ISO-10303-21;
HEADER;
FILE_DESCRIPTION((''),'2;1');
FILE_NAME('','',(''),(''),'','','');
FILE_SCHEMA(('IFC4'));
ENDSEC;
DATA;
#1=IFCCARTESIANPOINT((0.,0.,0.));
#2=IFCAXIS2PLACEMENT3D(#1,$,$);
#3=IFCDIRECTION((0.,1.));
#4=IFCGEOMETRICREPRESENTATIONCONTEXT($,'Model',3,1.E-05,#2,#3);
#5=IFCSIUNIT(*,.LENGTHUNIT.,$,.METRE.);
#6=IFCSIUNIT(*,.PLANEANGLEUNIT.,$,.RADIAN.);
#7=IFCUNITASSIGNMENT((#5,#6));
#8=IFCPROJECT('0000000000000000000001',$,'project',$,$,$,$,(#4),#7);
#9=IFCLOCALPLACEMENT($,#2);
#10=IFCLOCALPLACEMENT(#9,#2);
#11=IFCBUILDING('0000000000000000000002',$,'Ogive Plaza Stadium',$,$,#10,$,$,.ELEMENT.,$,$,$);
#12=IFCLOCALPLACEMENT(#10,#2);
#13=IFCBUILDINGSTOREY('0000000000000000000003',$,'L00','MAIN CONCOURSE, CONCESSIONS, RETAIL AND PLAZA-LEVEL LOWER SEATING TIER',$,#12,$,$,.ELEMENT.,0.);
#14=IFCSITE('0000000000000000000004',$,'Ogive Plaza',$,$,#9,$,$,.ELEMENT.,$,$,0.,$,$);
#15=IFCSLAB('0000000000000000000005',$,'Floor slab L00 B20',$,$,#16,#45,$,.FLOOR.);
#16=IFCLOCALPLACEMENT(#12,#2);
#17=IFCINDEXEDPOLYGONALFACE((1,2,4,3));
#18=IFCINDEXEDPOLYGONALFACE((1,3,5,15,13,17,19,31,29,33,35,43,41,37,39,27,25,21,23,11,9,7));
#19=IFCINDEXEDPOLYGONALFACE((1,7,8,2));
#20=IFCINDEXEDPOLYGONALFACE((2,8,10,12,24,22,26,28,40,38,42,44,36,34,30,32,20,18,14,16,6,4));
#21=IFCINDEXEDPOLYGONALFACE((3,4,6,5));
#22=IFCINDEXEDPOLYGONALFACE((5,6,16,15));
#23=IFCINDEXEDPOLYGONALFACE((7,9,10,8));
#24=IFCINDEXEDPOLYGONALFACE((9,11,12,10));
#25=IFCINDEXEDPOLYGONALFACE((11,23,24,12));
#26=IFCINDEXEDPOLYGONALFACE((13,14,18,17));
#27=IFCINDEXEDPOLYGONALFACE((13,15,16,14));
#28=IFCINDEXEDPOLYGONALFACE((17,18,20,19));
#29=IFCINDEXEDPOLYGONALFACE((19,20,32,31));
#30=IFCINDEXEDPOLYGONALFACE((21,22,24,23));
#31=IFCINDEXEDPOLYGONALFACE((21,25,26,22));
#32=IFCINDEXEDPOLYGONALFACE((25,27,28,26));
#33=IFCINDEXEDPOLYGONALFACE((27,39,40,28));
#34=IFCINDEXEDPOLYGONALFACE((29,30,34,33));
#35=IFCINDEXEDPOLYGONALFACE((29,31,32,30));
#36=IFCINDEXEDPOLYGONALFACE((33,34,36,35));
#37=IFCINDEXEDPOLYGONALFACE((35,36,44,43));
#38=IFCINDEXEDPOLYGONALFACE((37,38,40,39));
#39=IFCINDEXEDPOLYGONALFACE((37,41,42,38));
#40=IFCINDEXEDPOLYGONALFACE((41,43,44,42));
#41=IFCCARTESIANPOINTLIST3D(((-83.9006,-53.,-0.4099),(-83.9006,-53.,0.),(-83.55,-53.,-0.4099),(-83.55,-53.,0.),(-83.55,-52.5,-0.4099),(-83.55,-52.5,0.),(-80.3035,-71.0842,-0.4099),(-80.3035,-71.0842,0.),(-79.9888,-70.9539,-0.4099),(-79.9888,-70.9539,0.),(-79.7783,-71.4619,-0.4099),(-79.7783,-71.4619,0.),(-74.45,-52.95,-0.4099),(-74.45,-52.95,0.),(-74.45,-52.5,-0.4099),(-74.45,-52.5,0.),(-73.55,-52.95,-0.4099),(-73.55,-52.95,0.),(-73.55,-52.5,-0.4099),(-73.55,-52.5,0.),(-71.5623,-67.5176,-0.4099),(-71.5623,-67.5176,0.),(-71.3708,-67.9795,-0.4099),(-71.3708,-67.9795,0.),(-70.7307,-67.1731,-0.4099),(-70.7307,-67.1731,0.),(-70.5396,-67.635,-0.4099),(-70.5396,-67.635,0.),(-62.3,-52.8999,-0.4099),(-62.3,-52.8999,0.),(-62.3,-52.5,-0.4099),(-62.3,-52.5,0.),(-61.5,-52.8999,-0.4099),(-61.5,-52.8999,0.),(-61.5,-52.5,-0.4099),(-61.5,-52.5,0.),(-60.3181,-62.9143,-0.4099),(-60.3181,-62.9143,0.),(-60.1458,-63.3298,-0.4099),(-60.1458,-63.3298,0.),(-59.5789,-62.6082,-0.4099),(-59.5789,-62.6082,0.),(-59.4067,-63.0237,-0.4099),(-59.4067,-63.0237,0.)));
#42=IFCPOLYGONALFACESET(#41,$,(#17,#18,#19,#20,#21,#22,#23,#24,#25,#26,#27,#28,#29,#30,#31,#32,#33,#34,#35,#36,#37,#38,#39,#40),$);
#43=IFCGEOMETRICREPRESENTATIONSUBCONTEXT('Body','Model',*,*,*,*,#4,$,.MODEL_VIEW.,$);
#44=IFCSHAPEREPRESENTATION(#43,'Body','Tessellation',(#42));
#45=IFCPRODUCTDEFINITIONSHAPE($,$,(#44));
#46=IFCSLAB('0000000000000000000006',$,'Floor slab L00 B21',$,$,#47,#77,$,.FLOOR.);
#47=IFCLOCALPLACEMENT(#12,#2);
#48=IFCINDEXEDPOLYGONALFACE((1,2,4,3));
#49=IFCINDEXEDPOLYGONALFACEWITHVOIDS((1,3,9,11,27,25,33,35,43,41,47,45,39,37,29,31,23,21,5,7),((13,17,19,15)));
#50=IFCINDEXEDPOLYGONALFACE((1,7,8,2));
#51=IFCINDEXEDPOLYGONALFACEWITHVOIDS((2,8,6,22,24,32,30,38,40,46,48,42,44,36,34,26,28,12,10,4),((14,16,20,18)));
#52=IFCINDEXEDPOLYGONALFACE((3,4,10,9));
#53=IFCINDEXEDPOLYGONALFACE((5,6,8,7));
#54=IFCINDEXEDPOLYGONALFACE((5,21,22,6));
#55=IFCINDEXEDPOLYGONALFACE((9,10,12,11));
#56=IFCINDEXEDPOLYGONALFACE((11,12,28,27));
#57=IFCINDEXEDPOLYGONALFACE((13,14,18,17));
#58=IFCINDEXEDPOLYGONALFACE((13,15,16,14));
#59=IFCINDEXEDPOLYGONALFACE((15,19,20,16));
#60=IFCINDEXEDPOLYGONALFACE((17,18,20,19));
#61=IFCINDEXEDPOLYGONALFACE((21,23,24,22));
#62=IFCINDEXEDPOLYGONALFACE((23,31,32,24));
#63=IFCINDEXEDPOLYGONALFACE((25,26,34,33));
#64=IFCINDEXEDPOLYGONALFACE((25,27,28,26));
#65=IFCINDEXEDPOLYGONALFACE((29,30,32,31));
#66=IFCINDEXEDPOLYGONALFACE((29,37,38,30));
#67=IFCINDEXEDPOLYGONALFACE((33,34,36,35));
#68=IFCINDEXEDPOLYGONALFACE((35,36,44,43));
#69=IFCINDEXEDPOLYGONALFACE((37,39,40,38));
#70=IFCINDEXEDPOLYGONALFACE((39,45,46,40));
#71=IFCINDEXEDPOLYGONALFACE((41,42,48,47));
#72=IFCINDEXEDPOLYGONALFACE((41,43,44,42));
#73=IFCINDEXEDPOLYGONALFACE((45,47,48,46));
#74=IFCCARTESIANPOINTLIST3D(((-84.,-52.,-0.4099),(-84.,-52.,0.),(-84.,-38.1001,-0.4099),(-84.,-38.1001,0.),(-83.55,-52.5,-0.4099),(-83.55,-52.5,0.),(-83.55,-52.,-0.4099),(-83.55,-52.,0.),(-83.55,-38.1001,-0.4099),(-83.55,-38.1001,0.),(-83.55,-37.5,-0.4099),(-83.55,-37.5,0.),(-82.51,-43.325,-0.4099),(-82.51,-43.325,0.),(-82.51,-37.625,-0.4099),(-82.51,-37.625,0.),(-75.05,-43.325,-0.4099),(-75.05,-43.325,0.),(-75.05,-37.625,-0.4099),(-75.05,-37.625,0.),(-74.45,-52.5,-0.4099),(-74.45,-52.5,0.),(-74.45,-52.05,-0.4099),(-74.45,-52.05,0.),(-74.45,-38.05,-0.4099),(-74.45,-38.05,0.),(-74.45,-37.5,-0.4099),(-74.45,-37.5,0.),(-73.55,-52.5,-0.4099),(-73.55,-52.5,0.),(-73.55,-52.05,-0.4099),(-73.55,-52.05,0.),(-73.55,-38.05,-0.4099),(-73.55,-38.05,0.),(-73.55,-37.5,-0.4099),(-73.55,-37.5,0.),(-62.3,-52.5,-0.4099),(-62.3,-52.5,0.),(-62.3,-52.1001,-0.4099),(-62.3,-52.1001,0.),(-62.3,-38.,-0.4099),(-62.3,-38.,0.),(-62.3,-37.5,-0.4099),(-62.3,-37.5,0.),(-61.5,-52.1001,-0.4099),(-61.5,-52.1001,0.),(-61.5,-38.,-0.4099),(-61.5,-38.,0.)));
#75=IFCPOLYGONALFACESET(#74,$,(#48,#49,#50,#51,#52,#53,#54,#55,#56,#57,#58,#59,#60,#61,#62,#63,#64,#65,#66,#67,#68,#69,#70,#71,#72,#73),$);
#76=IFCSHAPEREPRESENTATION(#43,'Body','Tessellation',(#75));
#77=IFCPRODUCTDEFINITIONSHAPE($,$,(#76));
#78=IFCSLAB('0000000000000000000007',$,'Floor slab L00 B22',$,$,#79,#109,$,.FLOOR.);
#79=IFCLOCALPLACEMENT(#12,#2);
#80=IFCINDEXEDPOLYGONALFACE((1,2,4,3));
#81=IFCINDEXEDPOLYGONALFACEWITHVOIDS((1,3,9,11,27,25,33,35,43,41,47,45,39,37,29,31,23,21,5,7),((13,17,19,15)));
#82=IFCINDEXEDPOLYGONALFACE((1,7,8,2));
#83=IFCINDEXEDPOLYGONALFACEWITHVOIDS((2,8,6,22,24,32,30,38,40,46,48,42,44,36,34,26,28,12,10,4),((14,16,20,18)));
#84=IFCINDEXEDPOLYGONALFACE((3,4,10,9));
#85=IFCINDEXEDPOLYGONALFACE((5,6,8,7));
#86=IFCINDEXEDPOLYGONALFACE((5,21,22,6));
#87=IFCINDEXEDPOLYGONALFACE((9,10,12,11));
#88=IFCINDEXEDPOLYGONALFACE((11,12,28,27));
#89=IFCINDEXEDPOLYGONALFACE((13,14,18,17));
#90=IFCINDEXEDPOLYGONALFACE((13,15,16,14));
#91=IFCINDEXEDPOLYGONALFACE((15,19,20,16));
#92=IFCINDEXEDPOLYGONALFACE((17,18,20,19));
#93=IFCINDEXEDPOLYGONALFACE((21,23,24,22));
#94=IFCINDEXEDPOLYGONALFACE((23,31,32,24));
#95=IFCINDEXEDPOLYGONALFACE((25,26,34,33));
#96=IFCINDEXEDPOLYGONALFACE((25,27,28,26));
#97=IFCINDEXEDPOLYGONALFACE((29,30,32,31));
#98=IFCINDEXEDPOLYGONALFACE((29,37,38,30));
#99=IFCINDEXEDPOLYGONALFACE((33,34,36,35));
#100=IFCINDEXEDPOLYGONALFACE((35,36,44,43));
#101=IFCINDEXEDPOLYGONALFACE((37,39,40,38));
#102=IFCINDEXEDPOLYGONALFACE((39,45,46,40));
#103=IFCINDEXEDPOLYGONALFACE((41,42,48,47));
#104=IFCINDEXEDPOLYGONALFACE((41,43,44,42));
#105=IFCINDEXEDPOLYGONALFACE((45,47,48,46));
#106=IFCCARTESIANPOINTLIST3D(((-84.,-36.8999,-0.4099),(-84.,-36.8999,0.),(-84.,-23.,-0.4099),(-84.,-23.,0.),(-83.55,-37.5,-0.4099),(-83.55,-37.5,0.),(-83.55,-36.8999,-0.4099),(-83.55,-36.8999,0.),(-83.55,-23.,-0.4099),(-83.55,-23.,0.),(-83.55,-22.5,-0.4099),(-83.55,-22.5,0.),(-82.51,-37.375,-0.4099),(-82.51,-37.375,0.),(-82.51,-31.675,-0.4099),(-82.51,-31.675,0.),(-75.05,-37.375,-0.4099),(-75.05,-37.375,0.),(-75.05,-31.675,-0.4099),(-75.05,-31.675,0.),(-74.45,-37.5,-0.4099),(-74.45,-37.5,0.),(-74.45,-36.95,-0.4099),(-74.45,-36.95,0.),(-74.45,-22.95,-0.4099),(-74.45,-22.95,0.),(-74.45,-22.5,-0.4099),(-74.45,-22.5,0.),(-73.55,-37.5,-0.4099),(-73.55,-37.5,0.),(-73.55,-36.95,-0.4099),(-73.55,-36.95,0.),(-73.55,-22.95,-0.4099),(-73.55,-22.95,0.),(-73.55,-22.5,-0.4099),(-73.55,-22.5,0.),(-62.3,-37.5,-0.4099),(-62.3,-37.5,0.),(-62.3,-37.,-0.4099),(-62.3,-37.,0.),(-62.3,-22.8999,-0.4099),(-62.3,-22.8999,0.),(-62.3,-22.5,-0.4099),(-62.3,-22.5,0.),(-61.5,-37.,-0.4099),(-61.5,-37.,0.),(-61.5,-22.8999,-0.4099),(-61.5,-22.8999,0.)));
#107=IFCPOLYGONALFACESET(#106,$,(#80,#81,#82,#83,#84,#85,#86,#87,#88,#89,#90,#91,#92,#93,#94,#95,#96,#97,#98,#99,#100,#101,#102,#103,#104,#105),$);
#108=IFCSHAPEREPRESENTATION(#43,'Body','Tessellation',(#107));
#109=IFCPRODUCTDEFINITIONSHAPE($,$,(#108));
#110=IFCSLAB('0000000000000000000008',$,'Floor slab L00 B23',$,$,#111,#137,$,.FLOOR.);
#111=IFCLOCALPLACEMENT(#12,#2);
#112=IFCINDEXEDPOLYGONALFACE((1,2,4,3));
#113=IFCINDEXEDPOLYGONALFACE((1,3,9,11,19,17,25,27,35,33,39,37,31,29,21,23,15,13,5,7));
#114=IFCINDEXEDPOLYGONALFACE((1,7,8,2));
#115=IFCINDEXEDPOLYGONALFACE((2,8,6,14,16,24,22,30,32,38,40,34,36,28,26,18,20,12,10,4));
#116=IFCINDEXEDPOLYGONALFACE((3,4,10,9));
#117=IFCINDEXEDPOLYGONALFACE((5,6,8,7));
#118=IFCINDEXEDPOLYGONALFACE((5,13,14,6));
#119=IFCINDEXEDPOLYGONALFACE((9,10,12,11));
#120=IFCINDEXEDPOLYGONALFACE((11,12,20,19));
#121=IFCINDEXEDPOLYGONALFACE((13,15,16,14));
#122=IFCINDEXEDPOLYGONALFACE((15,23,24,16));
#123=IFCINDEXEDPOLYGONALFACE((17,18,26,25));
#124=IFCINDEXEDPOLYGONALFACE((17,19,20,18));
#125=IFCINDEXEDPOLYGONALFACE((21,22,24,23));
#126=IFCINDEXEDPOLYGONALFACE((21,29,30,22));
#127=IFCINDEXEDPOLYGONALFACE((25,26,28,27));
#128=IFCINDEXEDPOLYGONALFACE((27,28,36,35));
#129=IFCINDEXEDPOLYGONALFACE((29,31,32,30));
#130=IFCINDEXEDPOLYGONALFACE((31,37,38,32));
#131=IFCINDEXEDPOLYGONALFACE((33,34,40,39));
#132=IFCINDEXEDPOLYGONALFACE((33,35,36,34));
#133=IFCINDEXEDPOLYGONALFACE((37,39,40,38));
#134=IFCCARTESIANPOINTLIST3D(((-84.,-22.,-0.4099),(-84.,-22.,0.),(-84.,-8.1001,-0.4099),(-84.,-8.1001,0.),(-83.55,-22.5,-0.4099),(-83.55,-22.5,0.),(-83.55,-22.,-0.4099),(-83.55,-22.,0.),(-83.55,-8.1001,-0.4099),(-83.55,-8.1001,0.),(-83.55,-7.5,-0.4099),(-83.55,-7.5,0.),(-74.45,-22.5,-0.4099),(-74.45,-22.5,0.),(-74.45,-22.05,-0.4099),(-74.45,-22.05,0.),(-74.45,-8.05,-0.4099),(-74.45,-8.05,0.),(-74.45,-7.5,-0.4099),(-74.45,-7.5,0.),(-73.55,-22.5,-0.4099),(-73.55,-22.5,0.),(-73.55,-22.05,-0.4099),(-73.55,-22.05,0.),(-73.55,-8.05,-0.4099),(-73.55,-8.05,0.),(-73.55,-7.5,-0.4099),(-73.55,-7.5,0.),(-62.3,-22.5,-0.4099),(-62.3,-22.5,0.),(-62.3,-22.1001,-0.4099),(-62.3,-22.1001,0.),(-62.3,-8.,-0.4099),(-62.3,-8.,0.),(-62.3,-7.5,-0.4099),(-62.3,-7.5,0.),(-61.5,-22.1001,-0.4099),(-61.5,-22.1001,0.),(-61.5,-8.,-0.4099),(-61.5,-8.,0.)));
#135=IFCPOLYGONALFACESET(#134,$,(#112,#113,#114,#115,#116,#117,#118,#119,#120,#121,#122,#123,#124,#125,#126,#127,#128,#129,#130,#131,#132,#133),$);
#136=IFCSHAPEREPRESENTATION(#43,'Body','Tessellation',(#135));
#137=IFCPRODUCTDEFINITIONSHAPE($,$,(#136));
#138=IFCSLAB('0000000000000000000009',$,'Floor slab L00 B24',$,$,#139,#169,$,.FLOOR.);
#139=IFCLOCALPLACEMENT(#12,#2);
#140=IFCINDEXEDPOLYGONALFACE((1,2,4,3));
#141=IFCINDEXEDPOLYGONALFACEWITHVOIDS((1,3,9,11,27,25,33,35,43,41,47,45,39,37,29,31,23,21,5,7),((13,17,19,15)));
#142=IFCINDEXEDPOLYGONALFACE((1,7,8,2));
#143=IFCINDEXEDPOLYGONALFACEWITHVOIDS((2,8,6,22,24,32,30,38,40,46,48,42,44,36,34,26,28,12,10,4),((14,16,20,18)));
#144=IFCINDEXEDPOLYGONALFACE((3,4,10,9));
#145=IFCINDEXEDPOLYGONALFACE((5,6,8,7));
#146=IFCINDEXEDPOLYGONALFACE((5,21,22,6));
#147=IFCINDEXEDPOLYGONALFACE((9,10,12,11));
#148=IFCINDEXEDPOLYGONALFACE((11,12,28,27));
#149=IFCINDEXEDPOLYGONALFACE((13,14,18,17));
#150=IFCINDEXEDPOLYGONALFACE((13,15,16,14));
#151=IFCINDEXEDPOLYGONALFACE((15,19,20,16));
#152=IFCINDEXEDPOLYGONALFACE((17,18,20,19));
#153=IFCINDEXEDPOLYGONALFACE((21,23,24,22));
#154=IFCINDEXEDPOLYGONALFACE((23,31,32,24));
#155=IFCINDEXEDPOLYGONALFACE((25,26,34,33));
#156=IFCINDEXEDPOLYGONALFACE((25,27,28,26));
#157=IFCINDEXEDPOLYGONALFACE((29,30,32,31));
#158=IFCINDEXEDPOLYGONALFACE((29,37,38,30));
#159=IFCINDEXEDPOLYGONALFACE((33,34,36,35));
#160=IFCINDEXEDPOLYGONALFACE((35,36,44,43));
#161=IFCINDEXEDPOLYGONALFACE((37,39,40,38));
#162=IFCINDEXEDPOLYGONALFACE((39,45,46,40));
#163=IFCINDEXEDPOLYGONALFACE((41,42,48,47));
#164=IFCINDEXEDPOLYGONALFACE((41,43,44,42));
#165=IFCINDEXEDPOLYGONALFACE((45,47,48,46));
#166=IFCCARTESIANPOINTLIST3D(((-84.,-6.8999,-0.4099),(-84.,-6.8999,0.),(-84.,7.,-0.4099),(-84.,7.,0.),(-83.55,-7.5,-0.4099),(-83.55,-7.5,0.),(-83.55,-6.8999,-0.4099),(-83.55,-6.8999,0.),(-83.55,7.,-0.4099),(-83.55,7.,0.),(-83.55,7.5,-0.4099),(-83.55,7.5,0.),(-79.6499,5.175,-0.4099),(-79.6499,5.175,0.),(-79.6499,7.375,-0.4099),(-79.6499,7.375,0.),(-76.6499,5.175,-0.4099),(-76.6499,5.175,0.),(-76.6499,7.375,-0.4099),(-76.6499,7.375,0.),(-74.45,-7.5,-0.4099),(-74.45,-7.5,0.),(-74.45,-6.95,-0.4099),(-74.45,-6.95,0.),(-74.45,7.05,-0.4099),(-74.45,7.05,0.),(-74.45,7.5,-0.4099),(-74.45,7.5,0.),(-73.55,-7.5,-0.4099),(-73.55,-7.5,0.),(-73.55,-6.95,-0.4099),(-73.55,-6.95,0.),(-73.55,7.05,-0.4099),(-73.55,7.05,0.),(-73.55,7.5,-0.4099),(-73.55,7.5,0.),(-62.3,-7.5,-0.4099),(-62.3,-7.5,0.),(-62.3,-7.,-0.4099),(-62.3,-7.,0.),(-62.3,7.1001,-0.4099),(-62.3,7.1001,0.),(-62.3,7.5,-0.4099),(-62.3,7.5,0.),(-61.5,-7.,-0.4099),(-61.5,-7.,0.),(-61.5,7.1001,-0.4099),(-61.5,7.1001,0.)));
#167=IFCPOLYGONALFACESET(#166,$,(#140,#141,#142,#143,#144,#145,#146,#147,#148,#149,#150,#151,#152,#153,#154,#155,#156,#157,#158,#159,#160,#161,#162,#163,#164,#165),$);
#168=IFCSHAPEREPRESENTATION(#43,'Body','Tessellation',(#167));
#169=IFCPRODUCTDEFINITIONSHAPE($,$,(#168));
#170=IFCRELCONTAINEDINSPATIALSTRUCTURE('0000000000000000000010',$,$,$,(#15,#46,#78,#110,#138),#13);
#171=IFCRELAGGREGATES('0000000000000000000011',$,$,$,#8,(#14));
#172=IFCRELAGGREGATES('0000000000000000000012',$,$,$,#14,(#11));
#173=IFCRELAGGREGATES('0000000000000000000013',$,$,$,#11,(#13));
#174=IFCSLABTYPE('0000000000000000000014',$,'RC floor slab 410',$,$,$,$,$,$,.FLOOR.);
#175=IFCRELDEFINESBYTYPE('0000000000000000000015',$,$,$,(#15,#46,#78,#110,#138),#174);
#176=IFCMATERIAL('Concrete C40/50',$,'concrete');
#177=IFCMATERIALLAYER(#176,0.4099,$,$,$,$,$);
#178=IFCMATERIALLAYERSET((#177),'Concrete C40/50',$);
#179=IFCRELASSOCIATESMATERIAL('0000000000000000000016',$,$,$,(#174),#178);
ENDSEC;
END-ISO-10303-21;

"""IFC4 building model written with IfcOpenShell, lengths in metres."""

from ifc_helpers import new_model, si_unit, direction, frame, origin, place, context, subcontext, project, spatial, polyline, outline, extrude, material, layer, layer_set, type_object, element, save


model = new_model("IFC4")

# Units and contexts
model_context = context("Model", 3, precision=1e-05, world=origin(), true_north=direction((0.0, 1.0)))
body_context = subcontext(model_context, "Body", "Model", "MODEL_VIEW")
ifc_project = project(units=[si_unit("LENGTHUNIT", "METRE"), si_unit("PLANEANGLEUNIT", "RADIAN")], contexts=[model_context])

# Site, building, storey
site_placement = place(None, origin())
site = spatial("IfcSite", under=ifc_project, at=site_placement, Name="Ogive Plaza", CompositionType="ELEMENT", RefElevation=0.0)
building_placement = place(site_placement, origin())
building = spatial("IfcBuilding", under=site, at=building_placement, Name="Ogive Plaza Stadium", CompositionType="ELEMENT")
storey_placement = place(building_placement, origin())
storey = spatial("IfcBuildingStorey", under=building, at=storey_placement, Name="L00", Description="MAIN CONCOURSE, CONCESSIONS, RETAIL AND PLAZA-LEVEL LOWER SEATING TIER", CompositionType="ELEMENT", Elevation=0.0)

# Slabs
ifc_material = material(Name="Concrete C40/50", Category="concrete")
ifc_layer = layer(ifc_material, 0.4099)
ifc_layer_set = layer_set([ifc_layer], Name="Concrete C40/50")
slab_type = type_object("IfcSlabType", Name="RC floor slab 410", PredefinedType="FLOOR", material=ifc_layer_set)
slab_1_placement = place(storey_placement, frame((0.0, 0.0, -0.4099)))
element("IfcSlab", 1, at=slab_1_placement, inside=storey, type_object=slab_type, Name="Floor slab L00 B20", PredefinedType="FLOOR", context=body_context, shape_type="SweptSolid", body=[
    extrude(outline(polyline([(-73.55, -52.5), (-73.55, -52.95), (-74.45, -52.95), (-74.45, -52.5), (-83.55, -52.5), (-83.55, -53.0), (-83.9006, -53.0), (-80.3035, -71.0842), (-79.9888, -70.9539), (-79.7783, -71.4619), (-71.3708, -67.9795), (-71.5623, -67.5176), (-70.7307, -67.1731), (-70.5396, -67.635), (-60.1458, -63.3298), (-60.3181, -62.9143), (-59.5789, -62.6082), (-59.4067, -63.0237), (-61.5, -52.5), (-61.5, -52.8999), (-62.3, -52.8999), (-62.3, -52.5), (-73.55, -52.5)])), origin(), (0.0, 0.0, 1.0), 0.4099),
])
slab_2_placement = place(storey_placement, frame((0.0, 0.0, -0.4099)))
element("IfcSlab", 2, at=slab_2_placement, inside=storey, type_object=slab_type, Name="Floor slab L00 B21", PredefinedType="FLOOR", context=body_context, shape_type="SweptSolid", body=[
    extrude(outline(polyline([(-73.55, -37.5), (-73.55, -38.05), (-74.45, -38.05), (-74.45, -37.5), (-83.55, -37.5), (-83.55, -38.1001), (-84.0, -38.1001), (-84.0, -52.0), (-83.55, -52.0), (-83.55, -52.5), (-74.45, -52.5), (-74.45, -52.05), (-73.55, -52.05), (-73.55, -52.5), (-62.3, -52.5), (-62.3, -52.1001), (-61.5, -52.1001), (-61.5, -38.0), (-62.3, -38.0), (-62.3, -37.5), (-73.55, -37.5)]), holes=[polyline([(-75.05, -37.625), (-82.51, -37.625), (-82.51, -43.325), (-75.05, -43.325), (-75.05, -37.625)])]), origin(), (0.0, 0.0, 1.0), 0.4099),
])
slab_3_placement = place(storey_placement, frame((0.0, 0.0, -0.4099)))
element("IfcSlab", 3, at=slab_3_placement, inside=storey, type_object=slab_type, Name="Floor slab L00 B22", PredefinedType="FLOOR", context=body_context, shape_type="SweptSolid", body=[
    extrude(outline(polyline([(-73.55, -22.5), (-73.55, -22.95), (-74.45, -22.95), (-74.45, -22.5), (-83.55, -22.5), (-83.55, -23.0), (-84.0, -23.0), (-84.0, -36.8999), (-83.55, -36.8999), (-83.55, -37.5), (-74.45, -37.5), (-74.45, -36.95), (-73.55, -36.95), (-73.55, -37.5), (-62.3, -37.5), (-62.3, -37.0), (-61.5, -37.0), (-61.5, -22.8999), (-62.3, -22.8999), (-62.3, -22.5), (-73.55, -22.5)]), holes=[polyline([(-75.05, -37.375), (-75.05, -31.675), (-82.51, -31.675), (-82.51, -37.375), (-75.05, -37.375)])]), origin(), (0.0, 0.0, 1.0), 0.4099),
])
slab_4_placement = place(storey_placement, frame((0.0, 0.0, -0.4099)))
element("IfcSlab", 4, at=slab_4_placement, inside=storey, type_object=slab_type, Name="Floor slab L00 B23", PredefinedType="FLOOR", context=body_context, shape_type="SweptSolid", body=[
    extrude(outline(polyline([(-73.55, -7.5), (-73.55, -8.05), (-74.45, -8.05), (-74.45, -7.5), (-83.55, -7.5), (-83.55, -8.1001), (-84.0, -8.1001), (-84.0, -22.0), (-83.55, -22.0), (-83.55, -22.5), (-74.45, -22.5), (-74.45, -22.05), (-73.55, -22.05), (-73.55, -22.5), (-62.3, -22.5), (-62.3, -22.1001), (-61.5, -22.1001), (-61.5, -8.0), (-62.3, -8.0), (-62.3, -7.5), (-73.55, -7.5)])), origin(), (0.0, 0.0, 1.0), 0.4099),
])
slab_5_placement = place(storey_placement, frame((0.0, 0.0, -0.4099)))
element("IfcSlab", 5, at=slab_5_placement, inside=storey, type_object=slab_type, Name="Floor slab L00 B24", PredefinedType="FLOOR", context=body_context, shape_type="SweptSolid", body=[
    extrude(outline(polyline([(-73.55, 7.5), (-73.55, 7.05), (-74.45, 7.05), (-74.45, 7.5), (-83.55, 7.5), (-83.55, 7.0), (-84.0, 7.0), (-84.0, -6.8999), (-83.55, -6.8999), (-83.55, -7.5), (-74.45, -7.5), (-74.45, -6.95), (-73.55, -6.95), (-73.55, -7.5), (-62.3, -7.5), (-62.3, -7.0), (-61.5, -7.0), (-61.5, 7.1001), (-62.3, 7.1001), (-62.3, 7.5), (-73.55, 7.5)]), holes=[polyline([(-76.6499, 5.175), (-76.6499, 7.375), (-79.6499, 7.375), (-79.6499, 5.175), (-76.6499, 5.175)])]), origin(), (0.0, 0.0, 1.0), 0.4099),
])

save(model, "model.ifc")
